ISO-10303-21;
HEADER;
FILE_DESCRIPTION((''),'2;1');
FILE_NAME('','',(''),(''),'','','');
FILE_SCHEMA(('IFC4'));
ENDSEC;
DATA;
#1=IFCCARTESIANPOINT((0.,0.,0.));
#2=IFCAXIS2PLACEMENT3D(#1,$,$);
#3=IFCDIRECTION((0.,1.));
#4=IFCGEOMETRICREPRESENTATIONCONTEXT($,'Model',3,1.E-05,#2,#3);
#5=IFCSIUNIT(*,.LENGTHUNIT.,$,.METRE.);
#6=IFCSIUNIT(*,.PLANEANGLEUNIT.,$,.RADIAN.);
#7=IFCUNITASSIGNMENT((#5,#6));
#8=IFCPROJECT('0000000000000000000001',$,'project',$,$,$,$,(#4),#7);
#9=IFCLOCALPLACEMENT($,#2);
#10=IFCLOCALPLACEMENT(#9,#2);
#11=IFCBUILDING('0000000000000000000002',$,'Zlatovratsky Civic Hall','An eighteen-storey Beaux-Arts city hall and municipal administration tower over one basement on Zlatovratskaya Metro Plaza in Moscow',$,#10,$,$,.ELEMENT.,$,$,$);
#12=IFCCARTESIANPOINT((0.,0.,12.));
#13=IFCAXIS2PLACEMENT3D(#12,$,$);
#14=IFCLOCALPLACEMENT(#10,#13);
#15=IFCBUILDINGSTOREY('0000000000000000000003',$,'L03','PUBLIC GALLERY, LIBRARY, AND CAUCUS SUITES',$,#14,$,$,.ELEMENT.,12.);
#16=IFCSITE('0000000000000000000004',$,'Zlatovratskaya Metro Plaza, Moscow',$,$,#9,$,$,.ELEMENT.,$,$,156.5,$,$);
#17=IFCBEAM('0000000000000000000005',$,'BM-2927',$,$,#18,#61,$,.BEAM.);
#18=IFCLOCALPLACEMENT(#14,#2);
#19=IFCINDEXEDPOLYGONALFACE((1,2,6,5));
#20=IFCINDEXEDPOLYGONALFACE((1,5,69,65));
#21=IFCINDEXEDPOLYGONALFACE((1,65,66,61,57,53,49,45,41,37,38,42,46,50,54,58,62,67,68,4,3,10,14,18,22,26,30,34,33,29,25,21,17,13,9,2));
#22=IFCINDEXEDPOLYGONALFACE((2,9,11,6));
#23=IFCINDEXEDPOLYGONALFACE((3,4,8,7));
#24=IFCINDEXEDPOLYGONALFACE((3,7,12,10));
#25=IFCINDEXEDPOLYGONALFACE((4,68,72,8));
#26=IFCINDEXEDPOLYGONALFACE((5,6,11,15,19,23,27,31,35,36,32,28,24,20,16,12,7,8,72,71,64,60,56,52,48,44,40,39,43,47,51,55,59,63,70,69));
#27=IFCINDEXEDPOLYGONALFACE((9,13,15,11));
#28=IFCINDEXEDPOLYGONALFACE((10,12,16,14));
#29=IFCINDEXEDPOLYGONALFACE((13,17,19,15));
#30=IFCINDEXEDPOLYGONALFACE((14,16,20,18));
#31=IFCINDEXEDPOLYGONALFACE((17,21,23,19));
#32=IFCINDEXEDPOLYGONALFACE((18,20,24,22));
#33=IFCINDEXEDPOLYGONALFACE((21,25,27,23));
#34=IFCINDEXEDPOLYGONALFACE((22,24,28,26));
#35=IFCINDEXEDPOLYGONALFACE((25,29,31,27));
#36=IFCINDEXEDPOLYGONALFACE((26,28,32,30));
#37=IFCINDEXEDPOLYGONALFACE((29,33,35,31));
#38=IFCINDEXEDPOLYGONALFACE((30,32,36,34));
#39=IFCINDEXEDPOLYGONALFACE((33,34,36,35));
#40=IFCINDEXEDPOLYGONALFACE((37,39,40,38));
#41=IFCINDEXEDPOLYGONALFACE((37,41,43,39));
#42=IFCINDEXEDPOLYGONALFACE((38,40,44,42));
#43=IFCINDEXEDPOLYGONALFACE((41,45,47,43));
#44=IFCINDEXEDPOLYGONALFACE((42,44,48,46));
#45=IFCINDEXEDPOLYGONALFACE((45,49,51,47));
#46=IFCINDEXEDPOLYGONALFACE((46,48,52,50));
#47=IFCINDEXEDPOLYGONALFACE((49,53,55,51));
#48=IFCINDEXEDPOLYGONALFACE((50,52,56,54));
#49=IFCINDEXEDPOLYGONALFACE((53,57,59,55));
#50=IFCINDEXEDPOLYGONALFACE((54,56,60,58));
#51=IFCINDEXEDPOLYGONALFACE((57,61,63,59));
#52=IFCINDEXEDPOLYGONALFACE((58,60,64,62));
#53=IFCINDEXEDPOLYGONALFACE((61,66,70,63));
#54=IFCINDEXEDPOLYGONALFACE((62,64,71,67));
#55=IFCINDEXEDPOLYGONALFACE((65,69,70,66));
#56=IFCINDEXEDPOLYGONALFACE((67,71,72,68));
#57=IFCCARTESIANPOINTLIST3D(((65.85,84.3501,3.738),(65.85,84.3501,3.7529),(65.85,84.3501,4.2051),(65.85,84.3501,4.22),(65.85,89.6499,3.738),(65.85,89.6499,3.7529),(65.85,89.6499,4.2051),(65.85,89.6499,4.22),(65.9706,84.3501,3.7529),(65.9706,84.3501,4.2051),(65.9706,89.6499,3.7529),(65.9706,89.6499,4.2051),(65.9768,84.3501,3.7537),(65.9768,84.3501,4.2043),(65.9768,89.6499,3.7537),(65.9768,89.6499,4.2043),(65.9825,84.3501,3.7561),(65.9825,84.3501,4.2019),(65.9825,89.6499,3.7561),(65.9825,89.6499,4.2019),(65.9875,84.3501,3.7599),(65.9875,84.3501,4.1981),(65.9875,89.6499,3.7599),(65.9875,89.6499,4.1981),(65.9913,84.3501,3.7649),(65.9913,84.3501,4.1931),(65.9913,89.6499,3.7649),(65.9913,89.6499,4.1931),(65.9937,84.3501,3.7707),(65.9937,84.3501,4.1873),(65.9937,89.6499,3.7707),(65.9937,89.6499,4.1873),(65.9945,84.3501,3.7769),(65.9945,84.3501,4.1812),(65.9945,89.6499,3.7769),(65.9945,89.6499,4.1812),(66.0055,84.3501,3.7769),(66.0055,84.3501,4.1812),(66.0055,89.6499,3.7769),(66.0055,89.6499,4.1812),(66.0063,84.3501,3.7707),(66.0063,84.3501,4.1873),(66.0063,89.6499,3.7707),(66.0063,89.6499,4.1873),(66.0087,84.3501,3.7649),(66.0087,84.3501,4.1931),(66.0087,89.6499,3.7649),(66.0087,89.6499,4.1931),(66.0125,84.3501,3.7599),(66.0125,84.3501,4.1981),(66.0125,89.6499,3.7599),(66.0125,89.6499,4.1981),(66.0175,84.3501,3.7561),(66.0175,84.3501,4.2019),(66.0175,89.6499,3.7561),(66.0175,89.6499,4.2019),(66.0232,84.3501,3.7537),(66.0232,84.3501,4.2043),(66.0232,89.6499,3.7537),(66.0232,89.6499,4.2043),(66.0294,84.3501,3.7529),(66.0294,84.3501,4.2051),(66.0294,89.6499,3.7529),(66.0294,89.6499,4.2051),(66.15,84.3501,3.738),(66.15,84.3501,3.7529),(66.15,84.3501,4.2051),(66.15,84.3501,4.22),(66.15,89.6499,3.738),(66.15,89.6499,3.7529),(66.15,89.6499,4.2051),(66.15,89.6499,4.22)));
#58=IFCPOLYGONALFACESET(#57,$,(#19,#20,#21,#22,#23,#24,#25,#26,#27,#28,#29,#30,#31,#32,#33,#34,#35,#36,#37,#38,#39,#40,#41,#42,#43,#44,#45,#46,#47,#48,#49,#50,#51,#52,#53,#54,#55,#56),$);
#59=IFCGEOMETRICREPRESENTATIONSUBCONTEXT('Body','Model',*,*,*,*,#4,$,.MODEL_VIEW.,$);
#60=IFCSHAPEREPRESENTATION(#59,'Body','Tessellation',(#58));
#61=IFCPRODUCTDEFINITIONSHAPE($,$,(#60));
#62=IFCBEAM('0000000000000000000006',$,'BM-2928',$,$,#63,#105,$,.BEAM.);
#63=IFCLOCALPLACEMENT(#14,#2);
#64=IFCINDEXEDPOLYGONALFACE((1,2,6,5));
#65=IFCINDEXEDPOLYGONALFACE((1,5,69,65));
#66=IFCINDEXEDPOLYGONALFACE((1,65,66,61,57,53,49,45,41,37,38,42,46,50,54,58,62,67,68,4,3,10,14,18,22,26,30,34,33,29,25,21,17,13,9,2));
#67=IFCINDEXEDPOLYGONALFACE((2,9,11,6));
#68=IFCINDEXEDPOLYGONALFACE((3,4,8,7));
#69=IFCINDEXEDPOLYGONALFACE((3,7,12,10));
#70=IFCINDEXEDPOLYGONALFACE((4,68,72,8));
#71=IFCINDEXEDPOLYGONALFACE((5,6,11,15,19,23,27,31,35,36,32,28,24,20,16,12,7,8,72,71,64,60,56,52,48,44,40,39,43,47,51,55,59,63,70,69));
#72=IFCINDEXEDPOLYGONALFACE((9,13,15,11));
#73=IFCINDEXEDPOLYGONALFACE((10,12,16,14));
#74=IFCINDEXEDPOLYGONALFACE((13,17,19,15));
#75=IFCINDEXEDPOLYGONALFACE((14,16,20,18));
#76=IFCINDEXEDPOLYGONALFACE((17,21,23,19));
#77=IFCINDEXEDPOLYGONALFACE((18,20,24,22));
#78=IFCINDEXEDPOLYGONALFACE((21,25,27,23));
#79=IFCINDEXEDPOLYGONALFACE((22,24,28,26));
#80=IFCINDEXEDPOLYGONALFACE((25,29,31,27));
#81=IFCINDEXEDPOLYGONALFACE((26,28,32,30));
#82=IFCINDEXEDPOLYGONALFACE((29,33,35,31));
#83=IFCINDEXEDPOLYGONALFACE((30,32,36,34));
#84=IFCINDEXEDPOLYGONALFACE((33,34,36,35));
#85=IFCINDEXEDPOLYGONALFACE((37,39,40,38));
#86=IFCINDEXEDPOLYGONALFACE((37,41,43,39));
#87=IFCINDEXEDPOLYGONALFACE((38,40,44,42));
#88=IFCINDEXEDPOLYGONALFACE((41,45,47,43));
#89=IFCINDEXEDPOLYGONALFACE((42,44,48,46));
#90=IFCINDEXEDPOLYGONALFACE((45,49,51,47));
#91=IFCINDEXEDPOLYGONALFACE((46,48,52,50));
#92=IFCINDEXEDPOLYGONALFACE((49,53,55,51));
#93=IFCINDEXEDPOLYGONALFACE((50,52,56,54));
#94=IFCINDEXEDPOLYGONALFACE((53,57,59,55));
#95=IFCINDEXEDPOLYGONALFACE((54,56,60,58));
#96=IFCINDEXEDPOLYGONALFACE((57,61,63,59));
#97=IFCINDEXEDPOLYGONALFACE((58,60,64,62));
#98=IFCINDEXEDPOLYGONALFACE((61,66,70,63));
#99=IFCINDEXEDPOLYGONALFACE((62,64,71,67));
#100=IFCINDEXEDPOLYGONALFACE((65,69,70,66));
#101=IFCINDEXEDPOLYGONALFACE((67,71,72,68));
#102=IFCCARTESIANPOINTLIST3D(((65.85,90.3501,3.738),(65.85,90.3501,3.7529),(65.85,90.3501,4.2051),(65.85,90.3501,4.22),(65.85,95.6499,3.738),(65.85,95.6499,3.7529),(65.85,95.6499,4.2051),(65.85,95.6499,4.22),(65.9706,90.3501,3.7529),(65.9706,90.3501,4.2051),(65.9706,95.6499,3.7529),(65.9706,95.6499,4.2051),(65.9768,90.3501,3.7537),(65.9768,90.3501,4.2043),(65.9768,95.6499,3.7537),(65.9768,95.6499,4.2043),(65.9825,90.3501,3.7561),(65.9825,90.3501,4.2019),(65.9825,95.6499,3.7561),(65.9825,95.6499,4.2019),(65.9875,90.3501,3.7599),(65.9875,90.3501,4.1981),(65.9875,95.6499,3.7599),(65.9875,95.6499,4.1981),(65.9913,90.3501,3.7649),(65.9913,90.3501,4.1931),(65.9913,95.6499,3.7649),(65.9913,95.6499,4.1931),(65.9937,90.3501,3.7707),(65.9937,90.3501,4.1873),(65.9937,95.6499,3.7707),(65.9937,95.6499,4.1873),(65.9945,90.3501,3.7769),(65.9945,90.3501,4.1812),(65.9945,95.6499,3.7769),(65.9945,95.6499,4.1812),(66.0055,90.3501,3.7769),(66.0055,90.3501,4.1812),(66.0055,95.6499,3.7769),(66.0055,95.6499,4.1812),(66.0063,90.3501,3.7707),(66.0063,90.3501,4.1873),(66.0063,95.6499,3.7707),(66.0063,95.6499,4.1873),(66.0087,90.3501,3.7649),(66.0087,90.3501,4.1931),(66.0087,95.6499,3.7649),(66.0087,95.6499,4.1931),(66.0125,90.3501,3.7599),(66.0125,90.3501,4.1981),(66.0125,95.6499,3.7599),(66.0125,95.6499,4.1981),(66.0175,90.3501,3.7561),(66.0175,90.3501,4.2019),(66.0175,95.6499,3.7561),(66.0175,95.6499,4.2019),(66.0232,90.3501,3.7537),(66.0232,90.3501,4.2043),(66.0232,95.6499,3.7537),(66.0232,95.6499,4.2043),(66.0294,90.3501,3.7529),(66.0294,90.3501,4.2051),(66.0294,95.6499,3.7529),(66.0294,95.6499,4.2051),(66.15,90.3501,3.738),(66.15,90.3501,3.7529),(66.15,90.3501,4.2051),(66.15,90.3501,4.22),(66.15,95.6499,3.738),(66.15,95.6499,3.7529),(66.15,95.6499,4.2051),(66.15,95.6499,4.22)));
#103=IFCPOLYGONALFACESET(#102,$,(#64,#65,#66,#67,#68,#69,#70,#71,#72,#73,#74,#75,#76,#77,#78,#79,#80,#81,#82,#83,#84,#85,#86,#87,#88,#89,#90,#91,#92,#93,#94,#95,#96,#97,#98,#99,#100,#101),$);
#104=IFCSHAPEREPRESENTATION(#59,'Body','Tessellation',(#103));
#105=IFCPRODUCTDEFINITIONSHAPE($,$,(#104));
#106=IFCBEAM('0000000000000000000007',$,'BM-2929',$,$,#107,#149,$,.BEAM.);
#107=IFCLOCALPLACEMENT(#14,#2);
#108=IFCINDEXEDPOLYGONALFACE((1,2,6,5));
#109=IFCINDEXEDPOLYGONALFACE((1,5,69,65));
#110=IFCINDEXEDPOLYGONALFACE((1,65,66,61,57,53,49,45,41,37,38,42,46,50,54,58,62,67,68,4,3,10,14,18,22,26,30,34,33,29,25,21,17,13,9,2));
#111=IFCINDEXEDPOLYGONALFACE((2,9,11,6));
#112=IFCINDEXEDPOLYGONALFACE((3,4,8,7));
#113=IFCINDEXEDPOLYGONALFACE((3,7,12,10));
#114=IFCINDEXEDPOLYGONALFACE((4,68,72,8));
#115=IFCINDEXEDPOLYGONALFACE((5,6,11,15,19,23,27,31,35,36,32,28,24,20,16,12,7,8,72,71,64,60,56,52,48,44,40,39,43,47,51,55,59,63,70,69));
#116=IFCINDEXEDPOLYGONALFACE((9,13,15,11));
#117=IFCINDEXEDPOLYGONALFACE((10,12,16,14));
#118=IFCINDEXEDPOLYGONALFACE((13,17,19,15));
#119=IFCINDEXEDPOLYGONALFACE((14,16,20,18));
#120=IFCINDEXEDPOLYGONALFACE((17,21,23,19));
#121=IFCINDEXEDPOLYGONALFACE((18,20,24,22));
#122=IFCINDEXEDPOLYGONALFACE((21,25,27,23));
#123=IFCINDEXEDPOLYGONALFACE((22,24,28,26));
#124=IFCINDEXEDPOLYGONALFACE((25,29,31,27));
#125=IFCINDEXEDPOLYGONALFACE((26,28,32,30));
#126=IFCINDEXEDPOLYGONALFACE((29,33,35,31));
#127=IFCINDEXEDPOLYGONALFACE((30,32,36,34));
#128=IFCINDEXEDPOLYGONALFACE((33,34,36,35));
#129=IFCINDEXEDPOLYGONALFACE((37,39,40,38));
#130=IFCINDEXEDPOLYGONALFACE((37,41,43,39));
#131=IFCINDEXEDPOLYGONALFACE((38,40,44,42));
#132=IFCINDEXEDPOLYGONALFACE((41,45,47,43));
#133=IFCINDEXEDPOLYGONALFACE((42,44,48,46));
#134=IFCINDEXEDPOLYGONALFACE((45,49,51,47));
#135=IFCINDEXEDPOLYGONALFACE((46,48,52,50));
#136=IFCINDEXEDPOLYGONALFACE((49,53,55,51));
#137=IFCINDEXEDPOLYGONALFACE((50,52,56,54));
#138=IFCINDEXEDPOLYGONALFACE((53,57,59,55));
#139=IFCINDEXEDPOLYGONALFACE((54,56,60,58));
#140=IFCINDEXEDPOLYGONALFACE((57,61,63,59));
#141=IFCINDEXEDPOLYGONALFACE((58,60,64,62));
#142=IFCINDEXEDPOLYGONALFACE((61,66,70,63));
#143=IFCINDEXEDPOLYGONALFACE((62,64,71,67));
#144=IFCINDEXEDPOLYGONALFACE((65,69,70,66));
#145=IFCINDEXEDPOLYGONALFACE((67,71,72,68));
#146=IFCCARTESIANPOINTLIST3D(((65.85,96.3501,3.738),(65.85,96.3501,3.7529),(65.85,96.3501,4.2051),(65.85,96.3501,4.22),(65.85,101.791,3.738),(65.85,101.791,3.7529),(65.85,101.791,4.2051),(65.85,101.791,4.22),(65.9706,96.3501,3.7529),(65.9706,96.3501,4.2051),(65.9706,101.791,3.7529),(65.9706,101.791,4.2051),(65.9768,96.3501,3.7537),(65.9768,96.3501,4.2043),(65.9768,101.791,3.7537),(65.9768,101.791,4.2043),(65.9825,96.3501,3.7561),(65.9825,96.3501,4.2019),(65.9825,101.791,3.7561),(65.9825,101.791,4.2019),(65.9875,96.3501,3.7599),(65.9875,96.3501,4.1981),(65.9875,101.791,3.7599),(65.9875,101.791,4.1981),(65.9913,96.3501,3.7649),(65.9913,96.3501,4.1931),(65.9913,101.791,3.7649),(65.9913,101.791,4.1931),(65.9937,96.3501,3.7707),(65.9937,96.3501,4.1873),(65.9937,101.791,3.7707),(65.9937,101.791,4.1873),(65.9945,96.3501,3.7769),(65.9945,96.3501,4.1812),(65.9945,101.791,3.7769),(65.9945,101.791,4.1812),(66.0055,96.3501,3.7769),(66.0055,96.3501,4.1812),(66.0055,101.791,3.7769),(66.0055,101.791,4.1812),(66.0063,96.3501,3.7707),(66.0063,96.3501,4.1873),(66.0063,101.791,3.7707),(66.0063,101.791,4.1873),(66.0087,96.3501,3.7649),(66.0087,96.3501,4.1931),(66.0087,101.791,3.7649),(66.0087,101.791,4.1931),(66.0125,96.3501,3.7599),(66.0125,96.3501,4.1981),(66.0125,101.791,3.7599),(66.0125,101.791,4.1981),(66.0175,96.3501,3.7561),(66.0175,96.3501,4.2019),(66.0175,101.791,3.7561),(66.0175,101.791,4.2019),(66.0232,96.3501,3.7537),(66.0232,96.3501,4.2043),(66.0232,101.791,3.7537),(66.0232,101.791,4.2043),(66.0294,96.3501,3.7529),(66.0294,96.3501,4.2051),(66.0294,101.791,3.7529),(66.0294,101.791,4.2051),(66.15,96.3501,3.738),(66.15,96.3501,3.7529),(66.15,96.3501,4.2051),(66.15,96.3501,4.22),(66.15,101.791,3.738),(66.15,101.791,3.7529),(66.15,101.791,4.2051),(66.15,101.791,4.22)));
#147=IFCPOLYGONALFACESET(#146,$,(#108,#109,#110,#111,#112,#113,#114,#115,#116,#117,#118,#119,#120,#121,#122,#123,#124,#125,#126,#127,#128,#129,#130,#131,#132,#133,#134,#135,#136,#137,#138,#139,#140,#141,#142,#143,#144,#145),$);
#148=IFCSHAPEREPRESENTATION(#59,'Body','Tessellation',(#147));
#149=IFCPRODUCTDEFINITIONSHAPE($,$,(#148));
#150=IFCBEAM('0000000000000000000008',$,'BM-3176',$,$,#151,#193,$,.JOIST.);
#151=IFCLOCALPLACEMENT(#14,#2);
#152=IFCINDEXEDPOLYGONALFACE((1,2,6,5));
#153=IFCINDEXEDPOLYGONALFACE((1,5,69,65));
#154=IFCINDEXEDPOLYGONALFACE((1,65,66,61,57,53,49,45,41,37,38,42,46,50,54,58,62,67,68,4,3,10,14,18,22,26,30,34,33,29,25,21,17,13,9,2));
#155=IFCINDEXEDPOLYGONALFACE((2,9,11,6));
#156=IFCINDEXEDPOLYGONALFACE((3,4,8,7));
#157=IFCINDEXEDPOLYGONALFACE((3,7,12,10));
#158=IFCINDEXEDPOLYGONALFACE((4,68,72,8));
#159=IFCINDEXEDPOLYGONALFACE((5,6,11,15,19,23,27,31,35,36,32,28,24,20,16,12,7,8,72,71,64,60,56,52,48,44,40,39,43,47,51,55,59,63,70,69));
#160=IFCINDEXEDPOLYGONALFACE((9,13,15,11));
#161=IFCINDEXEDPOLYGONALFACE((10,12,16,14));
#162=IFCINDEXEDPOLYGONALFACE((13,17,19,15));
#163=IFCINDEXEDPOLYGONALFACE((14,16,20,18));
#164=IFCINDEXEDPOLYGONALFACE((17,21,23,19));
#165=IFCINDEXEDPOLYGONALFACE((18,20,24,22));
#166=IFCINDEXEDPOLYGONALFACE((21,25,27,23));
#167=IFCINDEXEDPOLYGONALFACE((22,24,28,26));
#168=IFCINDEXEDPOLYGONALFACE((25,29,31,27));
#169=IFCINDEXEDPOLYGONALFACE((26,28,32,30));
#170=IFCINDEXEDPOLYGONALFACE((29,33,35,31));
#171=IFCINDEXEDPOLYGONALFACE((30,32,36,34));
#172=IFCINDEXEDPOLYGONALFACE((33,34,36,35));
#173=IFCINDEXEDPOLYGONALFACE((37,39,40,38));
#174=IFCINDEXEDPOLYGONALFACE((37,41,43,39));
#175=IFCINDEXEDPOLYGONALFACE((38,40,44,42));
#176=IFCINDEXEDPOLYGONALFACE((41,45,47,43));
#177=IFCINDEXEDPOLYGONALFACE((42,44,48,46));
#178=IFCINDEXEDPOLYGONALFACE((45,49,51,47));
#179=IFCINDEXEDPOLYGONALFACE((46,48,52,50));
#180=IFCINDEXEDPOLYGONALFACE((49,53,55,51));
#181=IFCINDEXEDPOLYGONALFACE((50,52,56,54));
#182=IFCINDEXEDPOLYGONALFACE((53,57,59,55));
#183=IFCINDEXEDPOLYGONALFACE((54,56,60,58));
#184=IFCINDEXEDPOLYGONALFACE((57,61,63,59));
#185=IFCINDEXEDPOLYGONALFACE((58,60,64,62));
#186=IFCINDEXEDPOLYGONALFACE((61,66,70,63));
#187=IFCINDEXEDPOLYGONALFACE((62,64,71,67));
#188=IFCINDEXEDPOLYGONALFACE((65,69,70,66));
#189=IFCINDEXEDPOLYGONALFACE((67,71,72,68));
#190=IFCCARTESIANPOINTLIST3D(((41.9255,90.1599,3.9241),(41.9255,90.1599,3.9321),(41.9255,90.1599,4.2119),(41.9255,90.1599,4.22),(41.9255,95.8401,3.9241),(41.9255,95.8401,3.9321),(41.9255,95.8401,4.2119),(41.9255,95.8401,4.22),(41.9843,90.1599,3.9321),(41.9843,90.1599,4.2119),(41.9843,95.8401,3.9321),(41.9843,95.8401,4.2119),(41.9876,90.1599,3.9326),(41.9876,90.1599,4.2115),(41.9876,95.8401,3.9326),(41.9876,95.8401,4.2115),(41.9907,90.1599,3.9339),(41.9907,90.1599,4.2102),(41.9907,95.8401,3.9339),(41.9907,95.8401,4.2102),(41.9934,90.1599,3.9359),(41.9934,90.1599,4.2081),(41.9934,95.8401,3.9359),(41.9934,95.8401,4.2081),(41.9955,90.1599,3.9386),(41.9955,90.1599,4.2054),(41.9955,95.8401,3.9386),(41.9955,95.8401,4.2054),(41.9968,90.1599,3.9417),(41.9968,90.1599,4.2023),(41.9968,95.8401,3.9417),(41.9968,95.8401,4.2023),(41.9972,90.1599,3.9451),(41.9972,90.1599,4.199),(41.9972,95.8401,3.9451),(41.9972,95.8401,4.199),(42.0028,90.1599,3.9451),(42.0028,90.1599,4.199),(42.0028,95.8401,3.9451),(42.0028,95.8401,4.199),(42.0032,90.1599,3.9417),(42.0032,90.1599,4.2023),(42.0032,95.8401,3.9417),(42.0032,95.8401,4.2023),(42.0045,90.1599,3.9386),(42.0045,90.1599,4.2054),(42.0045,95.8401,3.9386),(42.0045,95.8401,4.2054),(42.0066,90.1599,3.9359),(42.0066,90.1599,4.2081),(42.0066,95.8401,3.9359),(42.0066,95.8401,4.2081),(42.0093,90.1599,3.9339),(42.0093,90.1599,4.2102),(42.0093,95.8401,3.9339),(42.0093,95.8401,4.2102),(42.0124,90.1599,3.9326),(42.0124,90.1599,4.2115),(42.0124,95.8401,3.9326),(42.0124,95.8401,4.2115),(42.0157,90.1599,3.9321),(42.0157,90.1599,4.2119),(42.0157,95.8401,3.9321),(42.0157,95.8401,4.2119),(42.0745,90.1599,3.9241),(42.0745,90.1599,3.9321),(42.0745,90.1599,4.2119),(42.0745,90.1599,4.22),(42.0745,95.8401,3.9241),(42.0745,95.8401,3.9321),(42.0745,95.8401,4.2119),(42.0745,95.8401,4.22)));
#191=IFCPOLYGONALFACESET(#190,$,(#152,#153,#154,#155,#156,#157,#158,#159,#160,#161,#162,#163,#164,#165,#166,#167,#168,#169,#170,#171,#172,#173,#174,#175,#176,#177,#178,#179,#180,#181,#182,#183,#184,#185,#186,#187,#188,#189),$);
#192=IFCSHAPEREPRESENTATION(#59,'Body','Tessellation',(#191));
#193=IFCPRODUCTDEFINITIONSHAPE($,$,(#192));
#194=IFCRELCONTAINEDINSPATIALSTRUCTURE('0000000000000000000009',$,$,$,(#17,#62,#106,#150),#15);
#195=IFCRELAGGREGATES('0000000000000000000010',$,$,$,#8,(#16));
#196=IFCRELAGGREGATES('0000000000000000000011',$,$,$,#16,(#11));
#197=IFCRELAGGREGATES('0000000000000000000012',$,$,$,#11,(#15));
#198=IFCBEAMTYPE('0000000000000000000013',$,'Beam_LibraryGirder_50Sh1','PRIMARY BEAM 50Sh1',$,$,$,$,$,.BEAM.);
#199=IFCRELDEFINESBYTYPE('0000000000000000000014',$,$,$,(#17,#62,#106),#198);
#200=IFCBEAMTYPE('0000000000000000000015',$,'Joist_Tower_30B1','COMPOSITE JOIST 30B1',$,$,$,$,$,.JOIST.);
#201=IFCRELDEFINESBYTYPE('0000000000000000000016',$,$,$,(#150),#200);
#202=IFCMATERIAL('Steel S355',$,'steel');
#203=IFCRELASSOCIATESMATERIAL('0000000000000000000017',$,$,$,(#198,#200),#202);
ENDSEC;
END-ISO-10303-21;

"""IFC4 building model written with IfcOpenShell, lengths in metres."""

from ifc_helpers import new_model, si_unit, direction, frame, origin, origin_2d, place, context, subcontext, project, spatial, i_section, extrude, material, material_profile, profile_set, type_object, element, save


model = new_model("IFC4")

# Units and contexts
model_context = context("Model", 3, precision=1e-05, world=origin(), true_north=direction((0.0, 1.0)))
body_context = subcontext(model_context, "Body", "Model", "MODEL_VIEW")
ifc_project = project(units=[si_unit("LENGTHUNIT", "METRE"), si_unit("PLANEANGLEUNIT", "RADIAN")], contexts=[model_context])

# Site, building, storey
site_placement = place(None, origin())
site = spatial("IfcSite", under=ifc_project, at=site_placement, Name="Zlatovratskaya Metro Plaza, Moscow", CompositionType="ELEMENT", RefElevation=156.5)
building_placement = place(site_placement, origin())
building = spatial("IfcBuilding", under=site, at=building_placement, Name="Zlatovratsky Civic Hall", Description="An eighteen-storey Beaux-Arts city hall and municipal administration tower over one basement on Zlatovratskaya Metro Plaza in Moscow", CompositionType="ELEMENT")
storey_placement = place(building_placement, frame((0.0, 0.0, 12.0)))
storey = spatial("IfcBuildingStorey", under=building, at=storey_placement, Name="L03", Description="PUBLIC GALLERY, LIBRARY, AND CAUCUS SUITES", CompositionType="ELEMENT", Elevation=12.0)

# Shared definitions
ifc_material_1 = material(Name="Steel S355", Category="steel")

# Beams
ifc_material_profile_1 = material_profile(ifc_material_1, i_section(OverallWidth=0.3, OverallDepth=0.4819, WebThickness=0.011, FlangeThickness=0.0149, FilletRadius=0.0239, at=origin_2d()), Name="50Sh1")
ifc_profile_set_1 = profile_set([ifc_material_profile_1], Name="Steel S355")
beam_type_1 = type_object("IfcBeamType", Name="Beam_LibraryGirder_50Sh1", Description="PRIMARY BEAM 50Sh1", PredefinedType="BEAM", material=ifc_profile_set_1)
for number, where, z_axis, x_axis, name in (
    (1, (66.0, 84.3501, 3.979), (0.0, 1.0, 0.0), (-1.0, 0.0, 0.0), "BM-2927"),
    (2, (66.0, 90.3501, 3.979), (0.0, 1.0, 0.0), (-1.0, 0.0, 0.0), "BM-2928"),
):
    element("IfcBeam", number, at=place(storey_placement, frame(where, z_axis=z_axis, x_axis=x_axis)), inside=storey, type_object=beam_type_1, Name=name, PredefinedType="BEAM", context=body_context, shape_type="SweptSolid", body=[
        extrude(i_section(OverallWidth=0.3, OverallDepth=0.4819, WebThickness=0.011, FlangeThickness=0.0149, FilletRadius=0.0239, at=origin_2d()), origin(), (0.0, 0.0, 1.0), 5.2998),
    ])
beam_1_placement = place(storey_placement, frame((66.0, 96.3501, 3.979), z_axis=(0.0, 1.0, 0.0), x_axis=(-1.0, 0.0, 0.0)))
element("IfcBeam", 3, at=beam_1_placement, inside=storey, type_object=beam_type_1, Name="BM-2929", PredefinedType="BEAM", context=body_context, shape_type="SweptSolid", body=[
    extrude(i_section(OverallWidth=0.3, OverallDepth=0.4819, WebThickness=0.011, FlangeThickness=0.0149, FilletRadius=0.0239, at=origin_2d()), origin(), (0.0, 0.0, 1.0), 5.4409),
])
ifc_material_profile_2 = material_profile(ifc_material_1, i_section(OverallWidth=0.1489, OverallDepth=0.2959, WebThickness=0.0056, FlangeThickness=0.0081, FilletRadius=0.0129, at=origin_2d()), Name="30B1")
ifc_profile_set_2 = profile_set([ifc_material_profile_2], Name="Steel S355")
beam_type_2 = type_object("IfcBeamType", Name="Joist_Tower_30B1", Description="COMPOSITE JOIST 30B1", PredefinedType="JOIST", material=ifc_profile_set_2)
for number, where, z_axis, x_axis, name in (
    (4, (42.0, 90.1599, 4.072), (0.0, 1.0, 0.0), (-1.0, 0.0, 0.0), "BM-3176"),
):
    element("IfcBeam", number, at=place(storey_placement, frame(where, z_axis=z_axis, x_axis=x_axis)), inside=storey, type_object=beam_type_2, Name=name, PredefinedType="JOIST", context=body_context, shape_type="SweptSolid", body=[
        extrude(i_section(OverallWidth=0.1489, OverallDepth=0.2959, WebThickness=0.0056, FlangeThickness=0.0081, FilletRadius=0.0129, at=origin_2d()), origin(), (0.0, 0.0, 1.0), 5.6802),
    ])

save(model, "model.ifc")
